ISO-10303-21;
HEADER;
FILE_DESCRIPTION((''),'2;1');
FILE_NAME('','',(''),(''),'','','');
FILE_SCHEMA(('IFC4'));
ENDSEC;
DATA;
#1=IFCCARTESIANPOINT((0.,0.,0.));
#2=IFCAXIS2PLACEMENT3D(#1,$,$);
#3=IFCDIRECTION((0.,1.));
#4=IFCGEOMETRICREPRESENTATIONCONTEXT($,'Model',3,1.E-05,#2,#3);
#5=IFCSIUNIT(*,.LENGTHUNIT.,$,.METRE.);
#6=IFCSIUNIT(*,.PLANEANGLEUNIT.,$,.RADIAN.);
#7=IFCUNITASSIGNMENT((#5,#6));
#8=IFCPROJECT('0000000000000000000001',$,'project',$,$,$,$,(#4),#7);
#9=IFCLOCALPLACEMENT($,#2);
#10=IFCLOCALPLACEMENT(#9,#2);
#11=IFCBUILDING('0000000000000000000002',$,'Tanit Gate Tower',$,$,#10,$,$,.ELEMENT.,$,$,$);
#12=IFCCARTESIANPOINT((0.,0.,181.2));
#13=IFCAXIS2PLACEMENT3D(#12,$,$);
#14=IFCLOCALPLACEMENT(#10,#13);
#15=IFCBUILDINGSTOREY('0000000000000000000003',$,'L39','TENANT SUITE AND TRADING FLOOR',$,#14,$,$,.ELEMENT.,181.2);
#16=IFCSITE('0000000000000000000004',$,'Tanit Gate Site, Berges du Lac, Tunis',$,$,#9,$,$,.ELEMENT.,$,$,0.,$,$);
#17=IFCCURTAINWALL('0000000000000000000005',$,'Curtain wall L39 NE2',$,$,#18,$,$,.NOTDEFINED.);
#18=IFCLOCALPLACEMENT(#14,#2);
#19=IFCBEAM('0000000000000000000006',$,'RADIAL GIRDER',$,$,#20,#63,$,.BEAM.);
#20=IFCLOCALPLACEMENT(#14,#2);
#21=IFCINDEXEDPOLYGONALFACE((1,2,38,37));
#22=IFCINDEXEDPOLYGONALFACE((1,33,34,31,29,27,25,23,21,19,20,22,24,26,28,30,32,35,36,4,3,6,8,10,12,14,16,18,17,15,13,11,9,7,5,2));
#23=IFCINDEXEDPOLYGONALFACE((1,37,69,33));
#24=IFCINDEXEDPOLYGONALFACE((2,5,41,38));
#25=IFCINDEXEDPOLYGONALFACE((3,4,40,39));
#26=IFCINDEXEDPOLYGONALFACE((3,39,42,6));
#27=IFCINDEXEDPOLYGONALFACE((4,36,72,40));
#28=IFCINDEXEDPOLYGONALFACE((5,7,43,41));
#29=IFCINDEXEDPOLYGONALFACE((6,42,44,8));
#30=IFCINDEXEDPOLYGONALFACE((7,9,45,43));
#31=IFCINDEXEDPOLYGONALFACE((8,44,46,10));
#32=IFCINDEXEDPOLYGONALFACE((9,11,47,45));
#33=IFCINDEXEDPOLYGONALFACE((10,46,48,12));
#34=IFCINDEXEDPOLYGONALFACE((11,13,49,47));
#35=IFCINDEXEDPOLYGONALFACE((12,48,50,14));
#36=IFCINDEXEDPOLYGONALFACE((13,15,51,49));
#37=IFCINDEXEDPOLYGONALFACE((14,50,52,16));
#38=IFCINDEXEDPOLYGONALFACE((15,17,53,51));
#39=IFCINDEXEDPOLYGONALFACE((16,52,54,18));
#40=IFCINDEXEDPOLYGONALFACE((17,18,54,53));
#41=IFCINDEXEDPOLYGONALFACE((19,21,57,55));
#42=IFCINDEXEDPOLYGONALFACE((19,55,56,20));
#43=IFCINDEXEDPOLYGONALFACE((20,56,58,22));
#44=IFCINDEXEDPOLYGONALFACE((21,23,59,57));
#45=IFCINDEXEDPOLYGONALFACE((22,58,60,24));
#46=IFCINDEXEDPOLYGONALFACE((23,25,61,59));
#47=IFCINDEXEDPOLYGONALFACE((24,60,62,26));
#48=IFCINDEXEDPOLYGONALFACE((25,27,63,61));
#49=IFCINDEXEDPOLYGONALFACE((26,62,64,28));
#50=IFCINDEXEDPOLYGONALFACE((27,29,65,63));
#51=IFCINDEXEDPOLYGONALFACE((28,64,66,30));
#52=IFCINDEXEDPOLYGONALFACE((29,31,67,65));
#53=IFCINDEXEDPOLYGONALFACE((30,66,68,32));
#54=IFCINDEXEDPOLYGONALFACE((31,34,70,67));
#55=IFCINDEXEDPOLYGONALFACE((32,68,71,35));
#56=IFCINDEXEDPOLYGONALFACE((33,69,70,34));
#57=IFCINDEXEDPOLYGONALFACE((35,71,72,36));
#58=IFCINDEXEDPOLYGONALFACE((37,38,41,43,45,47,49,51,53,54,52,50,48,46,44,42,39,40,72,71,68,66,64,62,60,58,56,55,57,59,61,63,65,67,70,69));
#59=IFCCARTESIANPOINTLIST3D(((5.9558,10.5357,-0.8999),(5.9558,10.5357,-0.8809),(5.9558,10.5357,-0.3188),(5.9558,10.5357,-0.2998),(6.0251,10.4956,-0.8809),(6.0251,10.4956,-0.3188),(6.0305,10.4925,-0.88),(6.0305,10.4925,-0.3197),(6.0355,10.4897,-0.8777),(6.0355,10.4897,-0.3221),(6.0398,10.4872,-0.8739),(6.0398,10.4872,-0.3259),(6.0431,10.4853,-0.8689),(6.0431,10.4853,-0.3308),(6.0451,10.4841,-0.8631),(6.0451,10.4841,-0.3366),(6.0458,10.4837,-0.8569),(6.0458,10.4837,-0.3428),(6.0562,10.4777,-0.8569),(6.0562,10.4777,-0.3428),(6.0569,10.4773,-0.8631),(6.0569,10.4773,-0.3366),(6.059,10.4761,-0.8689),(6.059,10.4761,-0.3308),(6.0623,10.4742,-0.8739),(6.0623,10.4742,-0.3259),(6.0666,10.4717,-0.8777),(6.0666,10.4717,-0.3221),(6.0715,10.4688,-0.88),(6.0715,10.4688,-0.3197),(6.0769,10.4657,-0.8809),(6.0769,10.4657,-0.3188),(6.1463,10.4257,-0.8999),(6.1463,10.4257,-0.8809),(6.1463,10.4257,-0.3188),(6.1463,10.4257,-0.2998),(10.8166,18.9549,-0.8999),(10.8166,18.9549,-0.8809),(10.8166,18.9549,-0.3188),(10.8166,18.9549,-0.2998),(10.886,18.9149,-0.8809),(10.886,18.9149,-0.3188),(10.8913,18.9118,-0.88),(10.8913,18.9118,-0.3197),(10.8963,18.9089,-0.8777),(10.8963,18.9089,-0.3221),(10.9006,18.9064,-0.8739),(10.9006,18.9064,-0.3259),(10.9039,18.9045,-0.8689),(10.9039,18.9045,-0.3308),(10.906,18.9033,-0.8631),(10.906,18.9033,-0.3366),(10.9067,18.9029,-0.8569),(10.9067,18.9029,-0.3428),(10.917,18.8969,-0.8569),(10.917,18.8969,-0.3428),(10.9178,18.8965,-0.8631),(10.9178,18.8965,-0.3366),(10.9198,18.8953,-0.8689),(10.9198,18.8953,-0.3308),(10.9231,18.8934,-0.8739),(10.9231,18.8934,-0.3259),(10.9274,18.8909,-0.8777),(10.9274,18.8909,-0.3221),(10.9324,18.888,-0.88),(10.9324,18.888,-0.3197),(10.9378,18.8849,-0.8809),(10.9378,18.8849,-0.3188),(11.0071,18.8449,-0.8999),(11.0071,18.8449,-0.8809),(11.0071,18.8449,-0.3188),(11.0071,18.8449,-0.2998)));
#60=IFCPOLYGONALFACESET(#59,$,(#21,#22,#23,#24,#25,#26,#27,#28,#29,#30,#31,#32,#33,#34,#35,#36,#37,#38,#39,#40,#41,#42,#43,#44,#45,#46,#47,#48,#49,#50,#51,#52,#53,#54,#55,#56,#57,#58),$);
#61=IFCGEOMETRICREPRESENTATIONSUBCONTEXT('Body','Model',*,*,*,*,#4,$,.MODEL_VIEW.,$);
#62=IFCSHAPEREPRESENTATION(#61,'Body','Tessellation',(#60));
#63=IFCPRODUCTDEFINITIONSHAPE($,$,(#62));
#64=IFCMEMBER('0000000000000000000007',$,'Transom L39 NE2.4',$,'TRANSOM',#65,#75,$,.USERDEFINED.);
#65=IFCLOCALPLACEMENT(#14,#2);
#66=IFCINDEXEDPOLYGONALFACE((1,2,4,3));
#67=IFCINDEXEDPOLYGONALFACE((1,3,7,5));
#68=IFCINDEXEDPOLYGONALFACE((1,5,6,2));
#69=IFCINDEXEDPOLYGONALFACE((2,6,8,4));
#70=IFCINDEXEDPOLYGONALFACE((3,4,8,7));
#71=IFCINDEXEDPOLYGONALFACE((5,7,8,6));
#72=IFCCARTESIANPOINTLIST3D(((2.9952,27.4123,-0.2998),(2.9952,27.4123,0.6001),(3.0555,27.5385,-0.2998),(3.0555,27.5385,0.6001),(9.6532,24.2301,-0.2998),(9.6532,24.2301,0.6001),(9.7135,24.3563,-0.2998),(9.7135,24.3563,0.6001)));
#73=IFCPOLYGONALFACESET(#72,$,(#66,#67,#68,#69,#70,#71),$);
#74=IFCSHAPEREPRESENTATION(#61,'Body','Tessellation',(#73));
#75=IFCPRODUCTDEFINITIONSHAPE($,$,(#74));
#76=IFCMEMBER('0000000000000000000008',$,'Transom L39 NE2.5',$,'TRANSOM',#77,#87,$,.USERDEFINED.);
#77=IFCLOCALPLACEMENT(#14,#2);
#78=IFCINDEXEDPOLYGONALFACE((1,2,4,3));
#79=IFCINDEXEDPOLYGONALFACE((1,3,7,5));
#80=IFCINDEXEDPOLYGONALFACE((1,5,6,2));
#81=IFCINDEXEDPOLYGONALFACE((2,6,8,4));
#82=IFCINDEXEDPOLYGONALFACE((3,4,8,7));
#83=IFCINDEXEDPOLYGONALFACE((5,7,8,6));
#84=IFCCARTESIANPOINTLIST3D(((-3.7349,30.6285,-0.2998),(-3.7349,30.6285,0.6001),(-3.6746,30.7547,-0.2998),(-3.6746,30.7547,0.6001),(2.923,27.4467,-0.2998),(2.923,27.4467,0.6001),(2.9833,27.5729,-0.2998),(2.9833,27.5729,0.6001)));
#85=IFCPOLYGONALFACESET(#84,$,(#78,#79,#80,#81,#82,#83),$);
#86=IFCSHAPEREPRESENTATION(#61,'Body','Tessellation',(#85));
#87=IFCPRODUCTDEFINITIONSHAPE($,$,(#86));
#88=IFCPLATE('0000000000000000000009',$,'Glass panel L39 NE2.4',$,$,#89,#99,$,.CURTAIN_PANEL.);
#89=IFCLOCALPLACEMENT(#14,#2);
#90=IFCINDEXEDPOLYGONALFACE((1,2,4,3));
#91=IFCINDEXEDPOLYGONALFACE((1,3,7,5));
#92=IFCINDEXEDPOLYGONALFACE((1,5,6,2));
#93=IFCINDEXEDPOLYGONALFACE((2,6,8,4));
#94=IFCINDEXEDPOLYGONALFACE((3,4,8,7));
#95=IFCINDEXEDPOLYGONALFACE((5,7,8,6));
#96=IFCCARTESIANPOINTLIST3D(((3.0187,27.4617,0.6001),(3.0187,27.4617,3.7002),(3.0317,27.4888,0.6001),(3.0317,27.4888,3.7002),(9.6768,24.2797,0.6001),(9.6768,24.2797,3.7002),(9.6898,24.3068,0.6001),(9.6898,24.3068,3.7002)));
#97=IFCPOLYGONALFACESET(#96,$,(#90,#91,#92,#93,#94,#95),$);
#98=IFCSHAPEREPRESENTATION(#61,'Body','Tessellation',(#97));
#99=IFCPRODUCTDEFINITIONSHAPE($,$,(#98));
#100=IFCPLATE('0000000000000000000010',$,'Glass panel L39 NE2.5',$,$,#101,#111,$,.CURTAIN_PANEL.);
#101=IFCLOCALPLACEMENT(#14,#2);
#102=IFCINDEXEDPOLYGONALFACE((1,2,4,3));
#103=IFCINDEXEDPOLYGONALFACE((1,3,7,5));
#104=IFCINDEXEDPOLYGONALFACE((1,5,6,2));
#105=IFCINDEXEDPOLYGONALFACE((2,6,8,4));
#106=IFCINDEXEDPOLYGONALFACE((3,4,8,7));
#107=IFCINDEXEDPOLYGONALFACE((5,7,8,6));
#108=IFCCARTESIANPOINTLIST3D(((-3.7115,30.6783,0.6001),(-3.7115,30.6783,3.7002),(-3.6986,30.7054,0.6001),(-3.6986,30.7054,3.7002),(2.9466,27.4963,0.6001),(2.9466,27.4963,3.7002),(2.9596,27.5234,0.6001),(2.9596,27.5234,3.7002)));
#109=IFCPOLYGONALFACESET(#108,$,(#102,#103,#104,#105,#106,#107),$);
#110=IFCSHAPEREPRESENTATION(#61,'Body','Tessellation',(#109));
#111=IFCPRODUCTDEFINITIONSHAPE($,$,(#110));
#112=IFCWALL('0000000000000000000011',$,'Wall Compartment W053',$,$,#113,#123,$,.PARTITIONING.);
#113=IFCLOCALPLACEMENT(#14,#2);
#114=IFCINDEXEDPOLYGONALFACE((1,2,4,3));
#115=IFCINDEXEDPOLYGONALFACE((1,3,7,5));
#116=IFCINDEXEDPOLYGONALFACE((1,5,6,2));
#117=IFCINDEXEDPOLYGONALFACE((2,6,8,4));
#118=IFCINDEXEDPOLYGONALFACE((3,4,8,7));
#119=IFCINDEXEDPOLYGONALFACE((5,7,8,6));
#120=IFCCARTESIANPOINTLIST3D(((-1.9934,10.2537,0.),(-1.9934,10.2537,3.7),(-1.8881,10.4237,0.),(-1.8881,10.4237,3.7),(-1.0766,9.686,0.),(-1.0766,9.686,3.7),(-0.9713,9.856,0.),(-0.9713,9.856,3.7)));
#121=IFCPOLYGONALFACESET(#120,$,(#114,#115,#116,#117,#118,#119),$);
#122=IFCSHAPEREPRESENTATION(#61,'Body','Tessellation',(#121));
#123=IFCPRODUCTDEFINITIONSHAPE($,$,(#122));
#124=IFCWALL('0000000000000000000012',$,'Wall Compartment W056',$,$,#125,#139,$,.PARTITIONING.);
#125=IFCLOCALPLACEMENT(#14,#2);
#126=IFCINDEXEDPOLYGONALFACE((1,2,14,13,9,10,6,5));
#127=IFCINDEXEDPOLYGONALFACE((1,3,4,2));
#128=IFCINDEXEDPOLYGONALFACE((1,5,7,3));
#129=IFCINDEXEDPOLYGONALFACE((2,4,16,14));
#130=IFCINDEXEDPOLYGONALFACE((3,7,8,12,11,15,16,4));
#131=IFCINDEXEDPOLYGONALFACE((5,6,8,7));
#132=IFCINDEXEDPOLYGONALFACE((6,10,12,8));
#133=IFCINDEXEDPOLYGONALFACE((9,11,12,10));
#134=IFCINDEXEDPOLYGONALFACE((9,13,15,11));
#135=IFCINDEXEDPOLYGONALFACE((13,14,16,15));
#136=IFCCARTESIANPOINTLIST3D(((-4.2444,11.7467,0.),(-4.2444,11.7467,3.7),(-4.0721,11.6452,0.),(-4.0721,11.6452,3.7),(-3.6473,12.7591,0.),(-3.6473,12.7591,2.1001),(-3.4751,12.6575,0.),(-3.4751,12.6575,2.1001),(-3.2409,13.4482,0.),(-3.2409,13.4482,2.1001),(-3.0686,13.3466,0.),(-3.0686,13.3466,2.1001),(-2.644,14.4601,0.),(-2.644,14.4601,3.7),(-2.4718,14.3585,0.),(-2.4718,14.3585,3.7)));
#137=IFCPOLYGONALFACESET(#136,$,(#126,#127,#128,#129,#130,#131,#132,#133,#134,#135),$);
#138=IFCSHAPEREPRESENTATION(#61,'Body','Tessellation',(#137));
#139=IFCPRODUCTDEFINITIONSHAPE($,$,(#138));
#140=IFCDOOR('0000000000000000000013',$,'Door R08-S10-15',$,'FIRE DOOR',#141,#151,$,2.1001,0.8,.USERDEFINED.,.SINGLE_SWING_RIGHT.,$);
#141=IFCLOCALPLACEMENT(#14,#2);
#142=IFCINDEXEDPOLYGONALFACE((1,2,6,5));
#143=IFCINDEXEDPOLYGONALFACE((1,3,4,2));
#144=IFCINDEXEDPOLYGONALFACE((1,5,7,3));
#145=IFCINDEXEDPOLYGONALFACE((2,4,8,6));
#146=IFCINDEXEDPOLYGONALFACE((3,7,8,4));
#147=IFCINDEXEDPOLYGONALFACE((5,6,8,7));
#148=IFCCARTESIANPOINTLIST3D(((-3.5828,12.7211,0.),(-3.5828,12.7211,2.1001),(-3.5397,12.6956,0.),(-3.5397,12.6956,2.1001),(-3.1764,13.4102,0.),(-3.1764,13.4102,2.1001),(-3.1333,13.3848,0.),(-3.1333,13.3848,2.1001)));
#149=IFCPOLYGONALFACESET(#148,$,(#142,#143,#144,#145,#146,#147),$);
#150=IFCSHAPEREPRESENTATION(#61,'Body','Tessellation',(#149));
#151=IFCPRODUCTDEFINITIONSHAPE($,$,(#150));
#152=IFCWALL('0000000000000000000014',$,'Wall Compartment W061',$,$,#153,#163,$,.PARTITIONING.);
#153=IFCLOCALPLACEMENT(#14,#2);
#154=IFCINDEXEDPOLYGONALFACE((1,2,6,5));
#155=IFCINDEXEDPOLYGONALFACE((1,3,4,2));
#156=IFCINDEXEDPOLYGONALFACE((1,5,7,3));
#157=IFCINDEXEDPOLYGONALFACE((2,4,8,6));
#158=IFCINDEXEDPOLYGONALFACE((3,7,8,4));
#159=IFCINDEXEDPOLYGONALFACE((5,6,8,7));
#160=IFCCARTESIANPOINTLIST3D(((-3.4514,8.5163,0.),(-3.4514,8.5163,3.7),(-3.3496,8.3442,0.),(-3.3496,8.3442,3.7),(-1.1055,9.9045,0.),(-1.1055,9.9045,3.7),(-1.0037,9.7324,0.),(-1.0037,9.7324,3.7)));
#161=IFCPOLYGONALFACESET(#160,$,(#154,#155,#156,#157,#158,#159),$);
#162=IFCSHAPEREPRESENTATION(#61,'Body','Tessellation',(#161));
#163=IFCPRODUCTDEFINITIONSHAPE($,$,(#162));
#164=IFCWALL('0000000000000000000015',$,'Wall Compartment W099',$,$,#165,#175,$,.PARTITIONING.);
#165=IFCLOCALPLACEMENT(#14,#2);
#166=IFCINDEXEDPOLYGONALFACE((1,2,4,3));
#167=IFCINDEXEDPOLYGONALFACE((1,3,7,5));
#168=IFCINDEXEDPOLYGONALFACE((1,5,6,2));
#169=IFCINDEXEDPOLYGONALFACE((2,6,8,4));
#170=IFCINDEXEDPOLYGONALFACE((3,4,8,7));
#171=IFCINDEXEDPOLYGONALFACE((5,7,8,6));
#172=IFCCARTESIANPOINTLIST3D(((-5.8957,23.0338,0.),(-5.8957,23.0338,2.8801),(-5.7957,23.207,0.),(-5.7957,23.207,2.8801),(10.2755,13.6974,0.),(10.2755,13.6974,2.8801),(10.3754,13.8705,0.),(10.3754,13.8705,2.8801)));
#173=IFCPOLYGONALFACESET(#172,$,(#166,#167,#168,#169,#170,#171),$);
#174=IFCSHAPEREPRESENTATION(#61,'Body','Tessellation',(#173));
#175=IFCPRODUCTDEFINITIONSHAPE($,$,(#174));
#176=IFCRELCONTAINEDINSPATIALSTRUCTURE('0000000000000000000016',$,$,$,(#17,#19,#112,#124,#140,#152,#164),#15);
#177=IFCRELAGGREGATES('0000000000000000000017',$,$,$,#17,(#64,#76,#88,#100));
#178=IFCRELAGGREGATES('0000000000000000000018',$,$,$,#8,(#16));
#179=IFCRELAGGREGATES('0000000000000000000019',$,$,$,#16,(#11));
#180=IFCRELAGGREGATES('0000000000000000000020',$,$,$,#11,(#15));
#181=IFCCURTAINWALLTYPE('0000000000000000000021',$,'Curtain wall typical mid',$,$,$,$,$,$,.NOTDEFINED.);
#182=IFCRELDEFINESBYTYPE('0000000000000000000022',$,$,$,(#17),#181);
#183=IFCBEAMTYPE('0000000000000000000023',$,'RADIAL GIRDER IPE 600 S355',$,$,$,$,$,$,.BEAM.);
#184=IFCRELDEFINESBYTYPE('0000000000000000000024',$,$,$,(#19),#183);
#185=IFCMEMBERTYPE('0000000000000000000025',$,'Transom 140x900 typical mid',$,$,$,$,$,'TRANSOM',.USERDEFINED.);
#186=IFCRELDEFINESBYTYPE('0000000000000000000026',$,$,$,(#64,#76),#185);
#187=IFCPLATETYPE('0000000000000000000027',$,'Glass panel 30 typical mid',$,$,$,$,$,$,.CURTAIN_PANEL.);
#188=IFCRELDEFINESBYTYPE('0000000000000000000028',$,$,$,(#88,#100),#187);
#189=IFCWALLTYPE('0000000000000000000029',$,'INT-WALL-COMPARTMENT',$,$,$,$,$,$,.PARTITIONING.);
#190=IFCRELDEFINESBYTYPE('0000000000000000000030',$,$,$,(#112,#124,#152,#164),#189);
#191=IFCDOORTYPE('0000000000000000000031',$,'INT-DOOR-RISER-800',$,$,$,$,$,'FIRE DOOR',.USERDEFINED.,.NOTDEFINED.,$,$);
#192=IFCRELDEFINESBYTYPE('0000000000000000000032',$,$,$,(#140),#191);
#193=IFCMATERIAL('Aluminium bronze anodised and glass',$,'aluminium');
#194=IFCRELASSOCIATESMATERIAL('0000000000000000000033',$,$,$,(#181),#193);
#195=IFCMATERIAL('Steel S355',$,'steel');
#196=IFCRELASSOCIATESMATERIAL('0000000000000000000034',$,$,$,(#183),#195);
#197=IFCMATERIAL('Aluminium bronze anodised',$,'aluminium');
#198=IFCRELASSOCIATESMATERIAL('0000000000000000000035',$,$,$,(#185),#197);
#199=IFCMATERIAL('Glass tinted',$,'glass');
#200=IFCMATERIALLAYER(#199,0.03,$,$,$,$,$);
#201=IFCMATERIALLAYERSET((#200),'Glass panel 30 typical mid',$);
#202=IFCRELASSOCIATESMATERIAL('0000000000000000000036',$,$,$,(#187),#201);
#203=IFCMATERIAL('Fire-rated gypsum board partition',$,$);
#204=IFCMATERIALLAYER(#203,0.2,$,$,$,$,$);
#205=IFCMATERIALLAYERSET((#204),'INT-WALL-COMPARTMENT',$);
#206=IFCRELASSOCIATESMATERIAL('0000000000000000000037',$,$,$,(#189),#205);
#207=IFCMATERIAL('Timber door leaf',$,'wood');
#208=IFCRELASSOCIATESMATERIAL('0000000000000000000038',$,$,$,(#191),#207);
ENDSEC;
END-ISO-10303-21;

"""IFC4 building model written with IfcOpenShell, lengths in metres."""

from ifc_helpers import new_model, si_unit, direction, frame, frame_2d, origin, origin_2d, place, context, subcontext, project, spatial, rectangle, i_section, extrude, material, layer, layer_set, material_profile, profile_set, type_object, element, fill, aggregate, save


model = new_model("IFC4")

# Units and contexts
model_context = context("Model", 3, precision=1e-05, world=origin(), true_north=direction((0.0, 1.0)))
body_context = subcontext(model_context, "Body", "Model", "MODEL_VIEW")
ifc_project = project(units=[si_unit("LENGTHUNIT", "METRE"), si_unit("PLANEANGLEUNIT", "RADIAN")], contexts=[model_context])

# Site, building, storey
site_placement = place(None, origin())
site = spatial("IfcSite", under=ifc_project, at=site_placement, Name="Tanit Gate Site, Berges du Lac, Tunis", CompositionType="ELEMENT", RefElevation=0.0)
building_placement = place(site_placement, origin())
building = spatial("IfcBuilding", under=site, at=building_placement, Name="Tanit Gate Tower", CompositionType="ELEMENT")
storey_placement = place(building_placement, frame((0.0, 0.0, 181.2)))
storey = spatial("IfcBuildingStorey", under=building, at=storey_placement, Name="L39", Description="TENANT SUITE AND TRADING FLOOR", CompositionType="ELEMENT", Elevation=181.2)

# Curtain wall
ifc_material_1 = material(Name="Aluminium bronze anodised and glass", Category="aluminium")
curtain_wall_type = type_object("IfcCurtainWallType", Name="Curtain wall typical mid", PredefinedType="NOTDEFINED", material=ifc_material_1)
curtain_wall_placement = place(storey_placement, origin())
curtain_wall = element("IfcCurtainWall", 1, at=curtain_wall_placement, inside=storey, type_object=curtain_wall_type, Name="Curtain wall L39 NE2", PredefinedType="NOTDEFINED")

# Beam
ifc_material_2 = material(Name="Steel S355", Category="steel")
ifc_material_profile_1 = material_profile(ifc_material_2, i_section(OverallWidth=0.22, OverallDepth=0.6001, WebThickness=0.012, FlangeThickness=0.019, FilletRadius=0.0239, at=origin_2d()), Name="IPE 600")
ifc_profile_set_1 = profile_set([ifc_material_profile_1], Name="Steel S355")
beam_type_1 = type_object("IfcBeamType", Name="RADIAL GIRDER IPE 600 S355", PredefinedType="BEAM", material=ifc_profile_set_1)
beam_1_placement = place(storey_placement, frame((10.9119, 18.8999, -0.5999), z_axis=(-0.500001, -0.866025, 0.0), x_axis=(0.866025, -0.500001, 0.0)))
element("IfcBeam", 2, at=beam_1_placement, inside=storey, type_object=beam_type_1, Name="RADIAL GIRDER", PredefinedType="BEAM", context=body_context, shape_type="SweptSolid", body=[
    extrude(i_section(OverallWidth=0.22, OverallDepth=0.6001, WebThickness=0.012, FlangeThickness=0.019, FilletRadius=0.0239, at=origin_2d()), origin(), (0.0, 0.0, 1.0), 9.7217),
])

# Members
ifc_material_3 = material(Name="Aluminium bronze anodised", Category="aluminium")
ifc_material_profile_2 = material_profile(ifc_material_3, rectangle(XDim=0.1399, YDim=0.8999, at=origin_2d()), Name="140x900 bronze transom")
ifc_profile_set_2 = profile_set([ifc_material_profile_2], Name="Aluminium bronze anodised")
member_type_1 = type_object("IfcMemberType", Name="Transom 140x900 typical mid", ElementType="TRANSOM", PredefinedType="USERDEFINED", material=ifc_profile_set_2)
member_1_placement = place(storey_placement, frame((9.6833, 24.2932, 0.1501), z_axis=(-0.902246, 0.431223, 0.0), x_axis=(-0.431223, -0.902246, 0.0)))
member_1 = element("IfcMember", 3, at=member_1_placement, type_object=member_type_1, Name="Transom L39 NE2.4", ObjectType="TRANSOM", PredefinedType="USERDEFINED", context=body_context, shape_type="SweptSolid", body=[
    extrude(rectangle(XDim=0.1399, YDim=0.8999, at=origin_2d()), origin(), (0.0, 0.0, 1.0), 7.3794),
])
member_2_placement = place(storey_placement, frame((2.9531, 27.5098, 0.1501), z_axis=(-0.902258, 0.431196, 0.0), x_axis=(-0.431196, -0.902258, 0.0)))
member_2 = element("IfcMember", 4, at=member_2_placement, type_object=member_type_1, Name="Transom L39 NE2.5", ObjectType="TRANSOM", PredefinedType="USERDEFINED", context=body_context, shape_type="SweptSolid", body=[
    extrude(rectangle(XDim=0.1399, YDim=0.8999, at=origin_2d()), origin(), (0.0, 0.0, 1.0), 7.3792),
])

# Plates
ifc_material_4 = material(Name="Glass tinted", Category="glass")
ifc_layer_1 = layer(ifc_material_4, 0.03)
ifc_layer_set_1 = layer_set([ifc_layer_1], Name="Glass panel 30 typical mid")
plate_type = type_object("IfcPlateType", Name="Glass panel 30 typical mid", PredefinedType="CURTAIN_PANEL", material=ifc_layer_set_1)
plate_1_placement = place(storey_placement, frame((6.3542, 25.8843, 0.6001), z_axis=(0.0, 0.0, 1.0), x_axis=(-0.902258, 0.431197, 0.0)))
plate_1 = element("IfcPlate", 5, at=plate_1_placement, type_object=plate_type, Name="Glass panel L39 NE2.4", PredefinedType="CURTAIN_PANEL", context=body_context, shape_type="SweptSolid", body=[
    extrude(rectangle(XDim=7.3794, YDim=0.03, at=origin_2d()), origin(), (0.0, 0.0, 1.0), 3.1001),
])
plate_2_placement = place(storey_placement, frame((-0.376, 29.1008, 0.6001), z_axis=(0.0, 0.0, 1.0), x_axis=(-0.902258, 0.431197, 0.0)))
plate_2 = element("IfcPlate", 6, at=plate_2_placement, type_object=plate_type, Name="Glass panel L39 NE2.5", PredefinedType="CURTAIN_PANEL", context=body_context, shape_type="SweptSolid", body=[
    extrude(rectangle(XDim=7.3794, YDim=0.03, at=origin_2d()), origin(), (0.0, 0.0, 1.0), 3.1001),
])
aggregate(curtain_wall, [member_1, member_2, plate_1, plate_2])

# Wall
ifc_material_5 = material(Name="Fire-rated gypsum board partition")
ifc_layer_2 = layer(ifc_material_5, 0.2)
ifc_layer_set_2 = layer_set([ifc_layer_2], Name="INT-WALL-COMPARTMENT")
wall_type_1 = type_object("IfcWallType", Name="INT-WALL-COMPARTMENT", PredefinedType="PARTITIONING", material=ifc_layer_set_2)
wall_1_placement = place(storey_placement, frame((-1.9407, 10.3386, 0.0), z_axis=(0.0, 0.0, 1.0), x_axis=(0.850217, -0.526433, 0.0)))
element("IfcWall", 7, at=wall_1_placement, inside=storey, type_object=wall_type_1, Name="Wall Compartment W053", PredefinedType="PARTITIONING", context=body_context, shape_type="SweptSolid", body=[
    extrude(rectangle(XDim=1.0784, YDim=0.2, at=frame_2d((0.5391, 0.0))), origin(), (0.0, 0.0, 1.0), 3.7),
])

# Wall, opening, door
wall_2_placement = place(storey_placement, frame((-2.5579, 14.4094, 0.0), z_axis=(0.0, 0.0, 1.0), x_axis=(-0.508019, -0.861346, 0.0)))
wall_2 = element("IfcWall", 8, at=wall_2_placement, inside=storey, type_object=wall_type_1, Name="Wall Compartment W056", PredefinedType="PARTITIONING", context=body_context, shape_type="SweptSolid", body=[
    extrude(rectangle(XDim=3.1501, YDim=0.2, at=frame_2d((1.5752, 0.0))), origin(), (0.0, 0.0, 1.0), 3.7),
])
opening_1_placement = place(wall_2_placement, frame((1.175, 0.0, 0.0)))
opening_1 = element("IfcOpeningElement", 9, at=opening_1_placement, cuts=wall_2, PredefinedType="OPENING", context=body_context, shape_type="SweptSolid", body=[
    extrude(rectangle(XDim=0.8, YDim=2.1001, at=frame_2d((0.3999, 1.05))), frame((0.0, 0.1099, 0.0), z_axis=(0.0, -1.0, 0.0), x_axis=(1.0, 0.0, 0.0)), (0.0, 0.0, 1.0), 0.22),
])
ifc_material_6 = material(Name="Timber door leaf", Category="wood")
door_type_1 = type_object("IfcDoorType", Name="INT-DOOR-RISER-800", ElementType="FIRE DOOR", OperationType="NOTDEFINED", PredefinedType="USERDEFINED", material=ifc_material_6)
door_1_placement = place(opening_1_placement, origin())
door_1 = element("IfcDoor", 10, at=door_1_placement, inside=storey, type_object=door_type_1, Name="Door R08-S10-15", ObjectType="FIRE DOOR", OperationType="SINGLE_SWING_RIGHT", OverallHeight=2.1001, OverallWidth=0.8, PredefinedType="USERDEFINED", context=body_context, shape_type="SweptSolid", body=[
    extrude(rectangle(XDim=0.8, YDim=2.1001, at=frame_2d((0.3999, 1.05))), frame((0.0, 0.0249, 0.0), z_axis=(0.0, -1.0, 0.0), x_axis=(1.0, 0.0, 0.0)), (0.0, 0.0, 1.0), 0.05),
])
fill(opening_1, door_1)

# Walls
wall_3_placement = place(storey_placement, frame((-1.0547, 9.8184, 0.0), z_axis=(0.0, 0.0, 1.0), x_axis=(-0.860614, -0.509257, 0.0)))
element("IfcWall", 11, at=wall_3_placement, inside=storey, type_object=wall_type_1, Name="Wall Compartment W061", PredefinedType="PARTITIONING", context=body_context, shape_type="SweptSolid", body=[
    extrude(rectangle(XDim=2.7258, YDim=0.2, at=frame_2d((1.3628, 0.0))), origin(), (0.0, 0.0, 1.0), 3.7),
])
wall_4_placement = place(storey_placement, frame((10.3254, 13.7839, 0.0), z_axis=(0.0, 0.0, 1.0), x_axis=(-0.866025, 0.5, 0.0)))
element("IfcWall", 12, at=wall_4_placement, inside=storey, type_object=wall_type_1, Name="Wall Compartment W099", PredefinedType="PARTITIONING", context=body_context, shape_type="SweptSolid", body=[
    extrude(rectangle(XDim=18.6729, YDim=0.2, at=frame_2d((9.3364, 0.0))), origin(), (0.0, 0.0, 1.0), 2.8801),
])

save(model, "model.ifc")
